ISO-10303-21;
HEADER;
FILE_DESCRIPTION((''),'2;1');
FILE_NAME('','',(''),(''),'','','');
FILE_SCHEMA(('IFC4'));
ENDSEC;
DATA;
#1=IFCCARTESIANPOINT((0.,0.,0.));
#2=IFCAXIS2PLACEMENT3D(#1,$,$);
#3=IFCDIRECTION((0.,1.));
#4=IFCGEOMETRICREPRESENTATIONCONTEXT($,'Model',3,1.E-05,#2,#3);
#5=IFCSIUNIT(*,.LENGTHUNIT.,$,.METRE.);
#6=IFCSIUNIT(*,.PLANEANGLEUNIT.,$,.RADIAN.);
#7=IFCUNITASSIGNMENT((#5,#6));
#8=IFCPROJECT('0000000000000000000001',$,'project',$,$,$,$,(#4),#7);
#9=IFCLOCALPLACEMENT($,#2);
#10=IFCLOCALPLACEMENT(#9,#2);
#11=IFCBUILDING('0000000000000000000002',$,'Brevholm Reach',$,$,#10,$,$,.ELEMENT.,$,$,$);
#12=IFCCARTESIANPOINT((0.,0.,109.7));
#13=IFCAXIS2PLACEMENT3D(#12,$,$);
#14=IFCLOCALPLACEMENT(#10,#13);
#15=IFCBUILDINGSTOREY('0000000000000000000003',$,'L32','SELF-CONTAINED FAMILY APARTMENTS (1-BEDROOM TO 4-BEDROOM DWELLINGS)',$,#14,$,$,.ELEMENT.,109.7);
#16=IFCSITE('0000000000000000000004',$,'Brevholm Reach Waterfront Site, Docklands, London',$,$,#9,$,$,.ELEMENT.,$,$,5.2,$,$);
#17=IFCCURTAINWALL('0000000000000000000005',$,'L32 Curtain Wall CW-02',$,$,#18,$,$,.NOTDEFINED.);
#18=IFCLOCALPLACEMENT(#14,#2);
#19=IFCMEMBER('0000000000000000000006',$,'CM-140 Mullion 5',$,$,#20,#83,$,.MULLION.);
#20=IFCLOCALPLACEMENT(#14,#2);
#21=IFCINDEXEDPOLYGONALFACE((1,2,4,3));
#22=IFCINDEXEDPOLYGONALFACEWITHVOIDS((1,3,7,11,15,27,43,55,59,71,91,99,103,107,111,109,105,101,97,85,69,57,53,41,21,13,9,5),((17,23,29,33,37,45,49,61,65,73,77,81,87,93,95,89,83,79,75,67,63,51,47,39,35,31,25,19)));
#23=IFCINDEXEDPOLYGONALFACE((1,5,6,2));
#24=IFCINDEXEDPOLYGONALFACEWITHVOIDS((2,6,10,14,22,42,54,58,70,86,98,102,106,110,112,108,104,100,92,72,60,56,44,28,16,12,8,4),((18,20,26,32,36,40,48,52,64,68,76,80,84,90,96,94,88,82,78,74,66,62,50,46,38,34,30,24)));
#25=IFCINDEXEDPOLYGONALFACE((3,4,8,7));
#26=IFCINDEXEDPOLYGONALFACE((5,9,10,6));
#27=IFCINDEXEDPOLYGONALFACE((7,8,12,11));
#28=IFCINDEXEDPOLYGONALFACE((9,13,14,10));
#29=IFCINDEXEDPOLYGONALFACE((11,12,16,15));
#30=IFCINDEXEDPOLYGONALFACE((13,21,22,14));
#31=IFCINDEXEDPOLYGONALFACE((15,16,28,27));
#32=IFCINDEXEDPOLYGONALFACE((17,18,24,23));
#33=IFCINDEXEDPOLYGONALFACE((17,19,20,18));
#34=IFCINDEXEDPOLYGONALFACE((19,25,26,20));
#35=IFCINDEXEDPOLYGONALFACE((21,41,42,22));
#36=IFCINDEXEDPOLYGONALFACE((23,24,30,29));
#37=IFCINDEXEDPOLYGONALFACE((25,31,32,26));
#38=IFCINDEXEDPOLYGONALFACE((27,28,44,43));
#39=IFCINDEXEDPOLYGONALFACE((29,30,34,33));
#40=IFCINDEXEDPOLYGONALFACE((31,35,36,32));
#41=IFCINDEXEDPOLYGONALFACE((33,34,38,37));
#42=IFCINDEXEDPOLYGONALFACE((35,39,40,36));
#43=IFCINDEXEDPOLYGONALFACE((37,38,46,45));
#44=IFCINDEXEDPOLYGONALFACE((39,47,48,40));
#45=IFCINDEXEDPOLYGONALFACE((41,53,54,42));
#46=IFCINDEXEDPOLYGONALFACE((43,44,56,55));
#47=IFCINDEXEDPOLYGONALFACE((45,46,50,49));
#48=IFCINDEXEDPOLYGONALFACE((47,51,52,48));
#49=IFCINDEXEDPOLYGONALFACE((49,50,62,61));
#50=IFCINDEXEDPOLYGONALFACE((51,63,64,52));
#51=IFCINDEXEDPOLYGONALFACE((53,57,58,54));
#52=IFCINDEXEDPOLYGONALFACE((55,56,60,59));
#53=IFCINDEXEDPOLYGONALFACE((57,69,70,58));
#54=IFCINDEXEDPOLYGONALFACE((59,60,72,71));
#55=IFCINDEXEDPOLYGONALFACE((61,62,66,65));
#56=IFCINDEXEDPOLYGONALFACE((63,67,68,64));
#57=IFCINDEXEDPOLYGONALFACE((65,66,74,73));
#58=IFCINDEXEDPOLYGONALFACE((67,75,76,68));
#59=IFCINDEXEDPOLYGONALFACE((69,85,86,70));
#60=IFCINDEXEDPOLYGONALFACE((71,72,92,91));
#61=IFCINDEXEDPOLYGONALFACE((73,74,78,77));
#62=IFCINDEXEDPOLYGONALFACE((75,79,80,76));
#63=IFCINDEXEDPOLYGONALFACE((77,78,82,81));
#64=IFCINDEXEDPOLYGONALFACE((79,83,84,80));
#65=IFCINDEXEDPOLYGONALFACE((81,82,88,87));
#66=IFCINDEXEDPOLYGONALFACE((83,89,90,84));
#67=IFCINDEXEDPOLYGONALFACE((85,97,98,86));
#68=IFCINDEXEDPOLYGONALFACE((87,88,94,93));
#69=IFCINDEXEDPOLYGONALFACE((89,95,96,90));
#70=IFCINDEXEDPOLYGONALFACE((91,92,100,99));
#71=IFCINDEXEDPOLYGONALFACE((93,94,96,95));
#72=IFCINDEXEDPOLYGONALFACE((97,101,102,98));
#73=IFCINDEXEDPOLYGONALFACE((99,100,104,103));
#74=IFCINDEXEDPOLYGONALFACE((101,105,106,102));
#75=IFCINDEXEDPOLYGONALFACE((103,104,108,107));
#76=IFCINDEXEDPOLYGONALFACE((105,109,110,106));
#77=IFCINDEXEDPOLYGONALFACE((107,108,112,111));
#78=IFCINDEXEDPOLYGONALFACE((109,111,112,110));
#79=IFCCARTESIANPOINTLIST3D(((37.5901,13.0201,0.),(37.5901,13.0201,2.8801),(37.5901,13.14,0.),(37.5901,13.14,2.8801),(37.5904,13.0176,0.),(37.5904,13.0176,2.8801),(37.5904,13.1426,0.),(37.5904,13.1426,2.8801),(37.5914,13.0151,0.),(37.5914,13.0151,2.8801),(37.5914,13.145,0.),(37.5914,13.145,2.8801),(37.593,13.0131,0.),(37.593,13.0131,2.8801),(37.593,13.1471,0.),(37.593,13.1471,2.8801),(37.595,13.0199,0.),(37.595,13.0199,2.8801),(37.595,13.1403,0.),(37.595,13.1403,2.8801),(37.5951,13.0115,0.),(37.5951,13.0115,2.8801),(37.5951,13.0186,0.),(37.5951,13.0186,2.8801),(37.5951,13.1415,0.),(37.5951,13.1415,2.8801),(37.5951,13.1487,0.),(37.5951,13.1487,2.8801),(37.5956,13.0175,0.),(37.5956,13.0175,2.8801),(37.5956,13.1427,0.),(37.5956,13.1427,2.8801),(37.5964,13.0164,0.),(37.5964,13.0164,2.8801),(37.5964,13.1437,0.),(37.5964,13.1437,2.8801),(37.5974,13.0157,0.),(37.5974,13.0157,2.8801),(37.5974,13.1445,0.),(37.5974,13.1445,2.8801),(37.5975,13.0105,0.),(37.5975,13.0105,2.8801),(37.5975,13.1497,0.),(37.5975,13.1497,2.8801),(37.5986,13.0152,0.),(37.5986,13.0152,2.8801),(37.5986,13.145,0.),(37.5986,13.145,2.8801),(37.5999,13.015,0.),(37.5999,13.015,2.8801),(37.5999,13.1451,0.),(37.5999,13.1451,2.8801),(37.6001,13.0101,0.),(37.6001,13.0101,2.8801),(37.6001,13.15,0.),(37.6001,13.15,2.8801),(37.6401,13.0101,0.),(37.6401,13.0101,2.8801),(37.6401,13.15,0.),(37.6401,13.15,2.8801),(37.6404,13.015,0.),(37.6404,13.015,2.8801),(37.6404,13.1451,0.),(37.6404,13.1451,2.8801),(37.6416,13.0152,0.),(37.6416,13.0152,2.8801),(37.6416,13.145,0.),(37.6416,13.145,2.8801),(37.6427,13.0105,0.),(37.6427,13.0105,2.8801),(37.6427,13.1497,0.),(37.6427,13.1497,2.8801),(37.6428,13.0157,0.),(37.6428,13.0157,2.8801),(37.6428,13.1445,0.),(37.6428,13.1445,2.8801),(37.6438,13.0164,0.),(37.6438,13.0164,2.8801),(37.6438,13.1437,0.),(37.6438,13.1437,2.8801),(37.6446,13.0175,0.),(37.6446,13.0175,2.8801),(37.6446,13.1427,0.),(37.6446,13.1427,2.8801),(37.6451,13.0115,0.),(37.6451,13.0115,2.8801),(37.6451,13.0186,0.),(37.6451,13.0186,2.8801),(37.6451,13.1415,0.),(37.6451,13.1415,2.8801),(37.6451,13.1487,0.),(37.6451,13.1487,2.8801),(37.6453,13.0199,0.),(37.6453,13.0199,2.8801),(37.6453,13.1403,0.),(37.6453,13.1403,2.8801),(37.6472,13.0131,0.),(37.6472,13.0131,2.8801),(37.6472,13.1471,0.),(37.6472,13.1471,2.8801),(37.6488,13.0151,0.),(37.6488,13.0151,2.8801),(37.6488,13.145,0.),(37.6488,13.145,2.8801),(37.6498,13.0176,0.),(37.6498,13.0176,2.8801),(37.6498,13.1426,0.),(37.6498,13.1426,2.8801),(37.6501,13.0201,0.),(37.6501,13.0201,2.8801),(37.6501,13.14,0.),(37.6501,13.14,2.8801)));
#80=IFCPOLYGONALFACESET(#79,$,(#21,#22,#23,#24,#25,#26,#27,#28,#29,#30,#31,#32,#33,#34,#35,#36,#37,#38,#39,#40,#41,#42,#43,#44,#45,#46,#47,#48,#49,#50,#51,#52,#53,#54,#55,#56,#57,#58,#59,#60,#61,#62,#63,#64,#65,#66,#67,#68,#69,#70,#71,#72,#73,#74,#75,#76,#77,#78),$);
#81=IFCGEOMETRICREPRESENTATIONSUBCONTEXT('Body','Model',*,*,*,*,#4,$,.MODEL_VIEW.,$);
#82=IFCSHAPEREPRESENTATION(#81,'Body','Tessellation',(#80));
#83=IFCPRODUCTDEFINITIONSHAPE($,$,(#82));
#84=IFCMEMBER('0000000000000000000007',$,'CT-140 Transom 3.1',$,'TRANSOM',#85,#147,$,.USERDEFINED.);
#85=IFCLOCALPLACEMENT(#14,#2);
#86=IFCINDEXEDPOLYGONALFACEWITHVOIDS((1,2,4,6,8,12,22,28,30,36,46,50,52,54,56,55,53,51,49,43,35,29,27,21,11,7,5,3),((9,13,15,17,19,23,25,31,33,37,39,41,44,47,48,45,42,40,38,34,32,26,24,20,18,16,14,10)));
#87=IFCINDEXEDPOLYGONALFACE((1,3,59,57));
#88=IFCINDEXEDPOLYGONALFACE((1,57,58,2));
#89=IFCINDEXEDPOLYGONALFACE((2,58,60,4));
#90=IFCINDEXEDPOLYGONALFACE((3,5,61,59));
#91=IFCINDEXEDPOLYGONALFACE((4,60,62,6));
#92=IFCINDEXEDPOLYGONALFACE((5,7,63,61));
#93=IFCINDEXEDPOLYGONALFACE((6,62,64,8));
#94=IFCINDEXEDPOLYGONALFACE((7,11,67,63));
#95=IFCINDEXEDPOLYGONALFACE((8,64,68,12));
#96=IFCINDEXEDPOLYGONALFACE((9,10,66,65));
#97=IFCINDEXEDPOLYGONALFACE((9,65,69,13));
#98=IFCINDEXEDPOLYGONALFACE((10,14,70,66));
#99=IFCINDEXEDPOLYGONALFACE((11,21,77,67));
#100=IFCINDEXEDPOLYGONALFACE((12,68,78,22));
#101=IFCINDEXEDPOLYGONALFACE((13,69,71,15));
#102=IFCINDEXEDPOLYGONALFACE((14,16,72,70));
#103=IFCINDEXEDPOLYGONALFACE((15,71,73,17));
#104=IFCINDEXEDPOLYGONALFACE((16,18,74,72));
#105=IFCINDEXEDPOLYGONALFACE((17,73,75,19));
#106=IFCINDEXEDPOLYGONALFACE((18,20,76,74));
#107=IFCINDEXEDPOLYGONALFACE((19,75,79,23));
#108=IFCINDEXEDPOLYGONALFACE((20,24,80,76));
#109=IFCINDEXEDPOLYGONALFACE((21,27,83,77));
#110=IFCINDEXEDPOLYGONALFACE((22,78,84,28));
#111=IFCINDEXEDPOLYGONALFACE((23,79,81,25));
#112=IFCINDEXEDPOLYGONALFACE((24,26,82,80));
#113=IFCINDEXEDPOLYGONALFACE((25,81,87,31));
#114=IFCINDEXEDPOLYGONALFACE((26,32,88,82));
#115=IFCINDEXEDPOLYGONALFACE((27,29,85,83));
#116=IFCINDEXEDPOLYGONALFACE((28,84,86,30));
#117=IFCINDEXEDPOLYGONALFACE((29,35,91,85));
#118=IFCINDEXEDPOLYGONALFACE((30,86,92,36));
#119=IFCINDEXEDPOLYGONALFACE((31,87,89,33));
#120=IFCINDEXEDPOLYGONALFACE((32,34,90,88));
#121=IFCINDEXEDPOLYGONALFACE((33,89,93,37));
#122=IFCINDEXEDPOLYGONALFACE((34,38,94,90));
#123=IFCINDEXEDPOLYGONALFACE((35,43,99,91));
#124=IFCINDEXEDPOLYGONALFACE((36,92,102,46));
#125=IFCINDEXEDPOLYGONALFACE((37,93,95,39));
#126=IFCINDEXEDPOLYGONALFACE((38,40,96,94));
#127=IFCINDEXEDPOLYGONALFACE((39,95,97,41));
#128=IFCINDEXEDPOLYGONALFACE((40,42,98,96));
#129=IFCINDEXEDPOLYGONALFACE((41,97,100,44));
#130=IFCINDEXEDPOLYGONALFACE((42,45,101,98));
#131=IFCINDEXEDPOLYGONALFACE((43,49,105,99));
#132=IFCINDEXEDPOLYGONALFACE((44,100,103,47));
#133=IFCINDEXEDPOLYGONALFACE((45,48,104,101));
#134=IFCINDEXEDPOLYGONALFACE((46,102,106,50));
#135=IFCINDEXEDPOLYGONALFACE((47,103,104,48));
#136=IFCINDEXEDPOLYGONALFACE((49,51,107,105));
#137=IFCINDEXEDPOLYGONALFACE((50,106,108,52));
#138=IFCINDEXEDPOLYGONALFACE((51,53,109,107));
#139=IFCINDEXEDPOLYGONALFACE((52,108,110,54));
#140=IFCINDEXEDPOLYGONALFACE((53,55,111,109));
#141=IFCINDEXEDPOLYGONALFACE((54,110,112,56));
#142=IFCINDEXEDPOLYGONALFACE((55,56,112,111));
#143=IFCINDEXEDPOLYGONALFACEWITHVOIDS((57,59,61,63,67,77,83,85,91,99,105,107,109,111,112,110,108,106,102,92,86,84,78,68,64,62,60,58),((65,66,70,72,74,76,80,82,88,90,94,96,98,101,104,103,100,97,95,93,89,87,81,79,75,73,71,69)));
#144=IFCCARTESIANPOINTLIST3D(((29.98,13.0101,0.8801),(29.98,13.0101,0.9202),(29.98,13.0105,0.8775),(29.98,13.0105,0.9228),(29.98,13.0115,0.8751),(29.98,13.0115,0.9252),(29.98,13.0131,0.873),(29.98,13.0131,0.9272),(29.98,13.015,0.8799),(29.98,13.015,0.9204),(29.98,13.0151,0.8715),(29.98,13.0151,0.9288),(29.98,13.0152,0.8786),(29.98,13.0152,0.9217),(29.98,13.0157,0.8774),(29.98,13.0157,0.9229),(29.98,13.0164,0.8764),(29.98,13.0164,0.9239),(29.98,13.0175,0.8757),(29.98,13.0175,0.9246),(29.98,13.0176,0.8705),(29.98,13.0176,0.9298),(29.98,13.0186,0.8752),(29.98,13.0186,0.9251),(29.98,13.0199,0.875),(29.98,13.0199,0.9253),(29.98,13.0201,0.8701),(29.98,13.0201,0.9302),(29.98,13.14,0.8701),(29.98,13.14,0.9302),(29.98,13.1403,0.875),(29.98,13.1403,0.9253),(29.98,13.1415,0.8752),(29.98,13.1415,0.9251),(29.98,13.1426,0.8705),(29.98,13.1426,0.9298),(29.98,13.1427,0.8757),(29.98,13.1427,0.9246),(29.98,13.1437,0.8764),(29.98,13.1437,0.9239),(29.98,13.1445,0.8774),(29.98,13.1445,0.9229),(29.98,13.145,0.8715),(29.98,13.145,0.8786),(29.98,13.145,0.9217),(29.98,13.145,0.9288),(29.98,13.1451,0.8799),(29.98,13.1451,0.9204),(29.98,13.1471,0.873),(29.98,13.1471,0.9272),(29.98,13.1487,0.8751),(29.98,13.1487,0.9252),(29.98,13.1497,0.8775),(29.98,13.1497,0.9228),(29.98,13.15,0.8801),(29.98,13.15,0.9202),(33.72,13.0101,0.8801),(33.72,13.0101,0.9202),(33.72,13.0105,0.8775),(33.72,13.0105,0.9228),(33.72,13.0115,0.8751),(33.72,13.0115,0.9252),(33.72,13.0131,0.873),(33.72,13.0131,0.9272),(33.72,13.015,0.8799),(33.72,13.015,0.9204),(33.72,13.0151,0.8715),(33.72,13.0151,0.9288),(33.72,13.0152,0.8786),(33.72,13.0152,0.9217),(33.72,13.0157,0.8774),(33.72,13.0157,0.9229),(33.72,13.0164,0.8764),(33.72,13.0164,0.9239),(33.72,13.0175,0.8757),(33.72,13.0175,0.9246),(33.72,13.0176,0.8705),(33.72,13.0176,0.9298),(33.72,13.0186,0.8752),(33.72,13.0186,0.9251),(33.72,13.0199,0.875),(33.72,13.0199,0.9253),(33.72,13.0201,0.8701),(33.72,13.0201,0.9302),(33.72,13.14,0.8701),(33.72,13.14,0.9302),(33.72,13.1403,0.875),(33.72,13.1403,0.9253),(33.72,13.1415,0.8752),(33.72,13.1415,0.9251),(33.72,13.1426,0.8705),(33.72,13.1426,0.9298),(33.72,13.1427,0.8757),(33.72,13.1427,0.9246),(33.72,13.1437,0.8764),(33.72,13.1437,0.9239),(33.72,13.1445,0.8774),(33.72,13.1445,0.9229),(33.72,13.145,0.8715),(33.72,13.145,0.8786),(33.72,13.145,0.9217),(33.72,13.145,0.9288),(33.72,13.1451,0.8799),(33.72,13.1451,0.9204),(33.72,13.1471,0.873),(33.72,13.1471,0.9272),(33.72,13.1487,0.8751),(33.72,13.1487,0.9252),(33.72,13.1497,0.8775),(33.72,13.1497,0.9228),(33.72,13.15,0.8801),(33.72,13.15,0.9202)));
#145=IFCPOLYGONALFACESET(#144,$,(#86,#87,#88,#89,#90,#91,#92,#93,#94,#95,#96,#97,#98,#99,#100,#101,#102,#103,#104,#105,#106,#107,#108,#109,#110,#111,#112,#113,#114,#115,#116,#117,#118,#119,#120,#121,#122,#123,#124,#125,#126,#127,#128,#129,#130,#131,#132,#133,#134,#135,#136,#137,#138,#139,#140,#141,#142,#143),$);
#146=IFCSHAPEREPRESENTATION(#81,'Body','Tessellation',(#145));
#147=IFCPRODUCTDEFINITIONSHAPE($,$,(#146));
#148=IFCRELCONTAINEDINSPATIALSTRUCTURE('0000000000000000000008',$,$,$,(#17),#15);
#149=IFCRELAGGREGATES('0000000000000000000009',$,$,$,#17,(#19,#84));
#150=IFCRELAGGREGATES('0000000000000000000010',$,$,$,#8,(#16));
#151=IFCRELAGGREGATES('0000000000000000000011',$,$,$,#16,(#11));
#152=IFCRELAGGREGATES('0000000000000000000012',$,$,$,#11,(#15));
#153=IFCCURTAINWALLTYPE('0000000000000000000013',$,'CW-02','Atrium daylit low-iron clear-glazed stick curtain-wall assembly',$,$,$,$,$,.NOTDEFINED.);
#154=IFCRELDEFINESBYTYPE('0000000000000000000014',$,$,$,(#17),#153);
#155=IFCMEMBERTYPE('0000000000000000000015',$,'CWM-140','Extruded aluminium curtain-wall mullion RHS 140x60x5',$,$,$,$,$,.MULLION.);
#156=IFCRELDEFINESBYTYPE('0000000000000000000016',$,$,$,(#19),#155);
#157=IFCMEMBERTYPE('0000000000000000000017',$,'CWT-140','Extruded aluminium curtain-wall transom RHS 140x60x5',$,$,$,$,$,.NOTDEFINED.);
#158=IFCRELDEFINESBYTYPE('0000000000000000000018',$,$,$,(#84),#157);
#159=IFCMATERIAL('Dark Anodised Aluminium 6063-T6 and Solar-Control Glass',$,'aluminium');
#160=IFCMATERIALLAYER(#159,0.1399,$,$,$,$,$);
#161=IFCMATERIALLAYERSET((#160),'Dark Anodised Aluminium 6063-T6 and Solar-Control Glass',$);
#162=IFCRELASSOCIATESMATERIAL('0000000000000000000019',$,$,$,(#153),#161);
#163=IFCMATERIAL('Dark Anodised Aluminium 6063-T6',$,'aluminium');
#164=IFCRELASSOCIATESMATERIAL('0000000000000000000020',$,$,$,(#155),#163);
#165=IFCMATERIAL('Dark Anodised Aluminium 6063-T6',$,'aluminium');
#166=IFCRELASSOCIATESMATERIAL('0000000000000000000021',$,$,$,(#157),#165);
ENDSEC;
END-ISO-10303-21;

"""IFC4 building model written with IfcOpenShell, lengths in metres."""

from ifc_helpers import new_model, si_unit, direction, frame, origin, origin_2d, place, context, subcontext, project, spatial, hollow_rectangle, extrude, material, layer, layer_set, material_profile, profile_set, type_object, element, aggregate, save


model = new_model("IFC4")

# Units and contexts
model_context = context("Model", 3, precision=1e-05, world=origin(), true_north=direction((0.0, 1.0)))
body_context = subcontext(model_context, "Body", "Model", "MODEL_VIEW")
ifc_project = project(units=[si_unit("LENGTHUNIT", "METRE"), si_unit("PLANEANGLEUNIT", "RADIAN")], contexts=[model_context])

# Site, building, storey
site_placement = place(None, origin())
site = spatial("IfcSite", under=ifc_project, at=site_placement, Name="Brevholm Reach Waterfront Site, Docklands, London", CompositionType="ELEMENT", RefElevation=5.2)
building_placement = place(site_placement, origin())
building = spatial("IfcBuilding", under=site, at=building_placement, Name="Brevholm Reach", CompositionType="ELEMENT")
storey_placement = place(building_placement, frame((0.0, 0.0, 109.7)))
storey = spatial("IfcBuildingStorey", under=building, at=storey_placement, Name="L32", Description="SELF-CONTAINED FAMILY APARTMENTS (1-BEDROOM TO 4-BEDROOM DWELLINGS)", CompositionType="ELEMENT", Elevation=109.7)

# Curtain wall, members
ifc_material_1 = material(Name="Dark Anodised Aluminium 6063-T6 and Solar-Control Glass", Category="aluminium")
ifc_layer_1 = layer(ifc_material_1, 0.1399)
ifc_layer_set_1 = layer_set([ifc_layer_1], Name="Dark Anodised Aluminium 6063-T6 and Solar-Control Glass")
curtain_wall_type = type_object("IfcCurtainWallType", Name="CW-02", Description="Atrium daylit low-iron clear-glazed stick curtain-wall assembly", PredefinedType="NOTDEFINED", material=ifc_layer_set_1)
curtain_wall_placement = place(storey_placement, origin())
curtain_wall = element("IfcCurtainWall", 1, at=curtain_wall_placement, inside=storey, type_object=curtain_wall_type, Name="L32 Curtain Wall CW-02", PredefinedType="NOTDEFINED")
ifc_material_2 = material(Name="Dark Anodised Aluminium 6063-T6", Category="aluminium")
ifc_material_profile_1 = material_profile(ifc_material_2, hollow_rectangle(XDim=0.0601, YDim=0.1399, WallThickness=0.0049, InnerFilletRadius=0.0049, OuterFilletRadius=0.01, at=origin_2d()), Name="RHS 140x60x5")
ifc_profile_set_1 = profile_set([ifc_material_profile_1], Name="Dark Anodised Aluminium 6063-T6")
member_type_1 = type_object("IfcMemberType", Name="CWM-140", Description="Extruded aluminium curtain-wall mullion RHS 140x60x5", PredefinedType="MULLION", material=ifc_profile_set_1)
member_1_placement = place(storey_placement, frame((37.6201, 13.0801, 0.0), z_axis=(0.0, 0.0, 1.0), x_axis=(1.0, 0.0, 0.0)))
member_1 = element("IfcMember", 2, at=member_1_placement, type_object=member_type_1, Name="CM-140 Mullion 5", PredefinedType="MULLION", context=body_context, shape_type="SweptSolid", body=[
    extrude(hollow_rectangle(XDim=0.0601, YDim=0.1399, WallThickness=0.0049, InnerFilletRadius=0.0049, OuterFilletRadius=0.01, at=origin_2d()), origin(), (0.0, 0.0, 1.0), 2.8801),
])
ifc_material_3 = material(Name="Dark Anodised Aluminium 6063-T6", Category="aluminium")
ifc_material_profile_2 = material_profile(ifc_material_3, hollow_rectangle(XDim=0.0601, YDim=0.1399, WallThickness=0.0049, InnerFilletRadius=0.0049, OuterFilletRadius=0.01, at=origin_2d()), Name="RHS 140x60x5")
ifc_profile_set_2 = profile_set([ifc_material_profile_2], Name="Dark Anodised Aluminium 6063-T6")
member_type_2 = type_object("IfcMemberType", Name="CWT-140", Description="Extruded aluminium curtain-wall transom RHS 140x60x5", PredefinedType="NOTDEFINED", material=ifc_profile_set_2)
member_2_placement = place(storey_placement, frame((29.98, 13.0801, 0.9001), z_axis=(1.0, 0.0, 0.0), x_axis=(0.0, 0.0, 1.0)))
member_2 = element("IfcMember", 3, at=member_2_placement, type_object=member_type_2, Name="CT-140 Transom 3.1", ObjectType="TRANSOM", PredefinedType="USERDEFINED", context=body_context, shape_type="SweptSolid", body=[
    extrude(hollow_rectangle(XDim=0.0601, YDim=0.1399, WallThickness=0.0049, InnerFilletRadius=0.0049, OuterFilletRadius=0.01, at=origin_2d()), origin(), (0.0, 0.0, 1.0), 3.74),
])
aggregate(curtain_wall, [member_1, member_2])

save(model, "model.ifc")
